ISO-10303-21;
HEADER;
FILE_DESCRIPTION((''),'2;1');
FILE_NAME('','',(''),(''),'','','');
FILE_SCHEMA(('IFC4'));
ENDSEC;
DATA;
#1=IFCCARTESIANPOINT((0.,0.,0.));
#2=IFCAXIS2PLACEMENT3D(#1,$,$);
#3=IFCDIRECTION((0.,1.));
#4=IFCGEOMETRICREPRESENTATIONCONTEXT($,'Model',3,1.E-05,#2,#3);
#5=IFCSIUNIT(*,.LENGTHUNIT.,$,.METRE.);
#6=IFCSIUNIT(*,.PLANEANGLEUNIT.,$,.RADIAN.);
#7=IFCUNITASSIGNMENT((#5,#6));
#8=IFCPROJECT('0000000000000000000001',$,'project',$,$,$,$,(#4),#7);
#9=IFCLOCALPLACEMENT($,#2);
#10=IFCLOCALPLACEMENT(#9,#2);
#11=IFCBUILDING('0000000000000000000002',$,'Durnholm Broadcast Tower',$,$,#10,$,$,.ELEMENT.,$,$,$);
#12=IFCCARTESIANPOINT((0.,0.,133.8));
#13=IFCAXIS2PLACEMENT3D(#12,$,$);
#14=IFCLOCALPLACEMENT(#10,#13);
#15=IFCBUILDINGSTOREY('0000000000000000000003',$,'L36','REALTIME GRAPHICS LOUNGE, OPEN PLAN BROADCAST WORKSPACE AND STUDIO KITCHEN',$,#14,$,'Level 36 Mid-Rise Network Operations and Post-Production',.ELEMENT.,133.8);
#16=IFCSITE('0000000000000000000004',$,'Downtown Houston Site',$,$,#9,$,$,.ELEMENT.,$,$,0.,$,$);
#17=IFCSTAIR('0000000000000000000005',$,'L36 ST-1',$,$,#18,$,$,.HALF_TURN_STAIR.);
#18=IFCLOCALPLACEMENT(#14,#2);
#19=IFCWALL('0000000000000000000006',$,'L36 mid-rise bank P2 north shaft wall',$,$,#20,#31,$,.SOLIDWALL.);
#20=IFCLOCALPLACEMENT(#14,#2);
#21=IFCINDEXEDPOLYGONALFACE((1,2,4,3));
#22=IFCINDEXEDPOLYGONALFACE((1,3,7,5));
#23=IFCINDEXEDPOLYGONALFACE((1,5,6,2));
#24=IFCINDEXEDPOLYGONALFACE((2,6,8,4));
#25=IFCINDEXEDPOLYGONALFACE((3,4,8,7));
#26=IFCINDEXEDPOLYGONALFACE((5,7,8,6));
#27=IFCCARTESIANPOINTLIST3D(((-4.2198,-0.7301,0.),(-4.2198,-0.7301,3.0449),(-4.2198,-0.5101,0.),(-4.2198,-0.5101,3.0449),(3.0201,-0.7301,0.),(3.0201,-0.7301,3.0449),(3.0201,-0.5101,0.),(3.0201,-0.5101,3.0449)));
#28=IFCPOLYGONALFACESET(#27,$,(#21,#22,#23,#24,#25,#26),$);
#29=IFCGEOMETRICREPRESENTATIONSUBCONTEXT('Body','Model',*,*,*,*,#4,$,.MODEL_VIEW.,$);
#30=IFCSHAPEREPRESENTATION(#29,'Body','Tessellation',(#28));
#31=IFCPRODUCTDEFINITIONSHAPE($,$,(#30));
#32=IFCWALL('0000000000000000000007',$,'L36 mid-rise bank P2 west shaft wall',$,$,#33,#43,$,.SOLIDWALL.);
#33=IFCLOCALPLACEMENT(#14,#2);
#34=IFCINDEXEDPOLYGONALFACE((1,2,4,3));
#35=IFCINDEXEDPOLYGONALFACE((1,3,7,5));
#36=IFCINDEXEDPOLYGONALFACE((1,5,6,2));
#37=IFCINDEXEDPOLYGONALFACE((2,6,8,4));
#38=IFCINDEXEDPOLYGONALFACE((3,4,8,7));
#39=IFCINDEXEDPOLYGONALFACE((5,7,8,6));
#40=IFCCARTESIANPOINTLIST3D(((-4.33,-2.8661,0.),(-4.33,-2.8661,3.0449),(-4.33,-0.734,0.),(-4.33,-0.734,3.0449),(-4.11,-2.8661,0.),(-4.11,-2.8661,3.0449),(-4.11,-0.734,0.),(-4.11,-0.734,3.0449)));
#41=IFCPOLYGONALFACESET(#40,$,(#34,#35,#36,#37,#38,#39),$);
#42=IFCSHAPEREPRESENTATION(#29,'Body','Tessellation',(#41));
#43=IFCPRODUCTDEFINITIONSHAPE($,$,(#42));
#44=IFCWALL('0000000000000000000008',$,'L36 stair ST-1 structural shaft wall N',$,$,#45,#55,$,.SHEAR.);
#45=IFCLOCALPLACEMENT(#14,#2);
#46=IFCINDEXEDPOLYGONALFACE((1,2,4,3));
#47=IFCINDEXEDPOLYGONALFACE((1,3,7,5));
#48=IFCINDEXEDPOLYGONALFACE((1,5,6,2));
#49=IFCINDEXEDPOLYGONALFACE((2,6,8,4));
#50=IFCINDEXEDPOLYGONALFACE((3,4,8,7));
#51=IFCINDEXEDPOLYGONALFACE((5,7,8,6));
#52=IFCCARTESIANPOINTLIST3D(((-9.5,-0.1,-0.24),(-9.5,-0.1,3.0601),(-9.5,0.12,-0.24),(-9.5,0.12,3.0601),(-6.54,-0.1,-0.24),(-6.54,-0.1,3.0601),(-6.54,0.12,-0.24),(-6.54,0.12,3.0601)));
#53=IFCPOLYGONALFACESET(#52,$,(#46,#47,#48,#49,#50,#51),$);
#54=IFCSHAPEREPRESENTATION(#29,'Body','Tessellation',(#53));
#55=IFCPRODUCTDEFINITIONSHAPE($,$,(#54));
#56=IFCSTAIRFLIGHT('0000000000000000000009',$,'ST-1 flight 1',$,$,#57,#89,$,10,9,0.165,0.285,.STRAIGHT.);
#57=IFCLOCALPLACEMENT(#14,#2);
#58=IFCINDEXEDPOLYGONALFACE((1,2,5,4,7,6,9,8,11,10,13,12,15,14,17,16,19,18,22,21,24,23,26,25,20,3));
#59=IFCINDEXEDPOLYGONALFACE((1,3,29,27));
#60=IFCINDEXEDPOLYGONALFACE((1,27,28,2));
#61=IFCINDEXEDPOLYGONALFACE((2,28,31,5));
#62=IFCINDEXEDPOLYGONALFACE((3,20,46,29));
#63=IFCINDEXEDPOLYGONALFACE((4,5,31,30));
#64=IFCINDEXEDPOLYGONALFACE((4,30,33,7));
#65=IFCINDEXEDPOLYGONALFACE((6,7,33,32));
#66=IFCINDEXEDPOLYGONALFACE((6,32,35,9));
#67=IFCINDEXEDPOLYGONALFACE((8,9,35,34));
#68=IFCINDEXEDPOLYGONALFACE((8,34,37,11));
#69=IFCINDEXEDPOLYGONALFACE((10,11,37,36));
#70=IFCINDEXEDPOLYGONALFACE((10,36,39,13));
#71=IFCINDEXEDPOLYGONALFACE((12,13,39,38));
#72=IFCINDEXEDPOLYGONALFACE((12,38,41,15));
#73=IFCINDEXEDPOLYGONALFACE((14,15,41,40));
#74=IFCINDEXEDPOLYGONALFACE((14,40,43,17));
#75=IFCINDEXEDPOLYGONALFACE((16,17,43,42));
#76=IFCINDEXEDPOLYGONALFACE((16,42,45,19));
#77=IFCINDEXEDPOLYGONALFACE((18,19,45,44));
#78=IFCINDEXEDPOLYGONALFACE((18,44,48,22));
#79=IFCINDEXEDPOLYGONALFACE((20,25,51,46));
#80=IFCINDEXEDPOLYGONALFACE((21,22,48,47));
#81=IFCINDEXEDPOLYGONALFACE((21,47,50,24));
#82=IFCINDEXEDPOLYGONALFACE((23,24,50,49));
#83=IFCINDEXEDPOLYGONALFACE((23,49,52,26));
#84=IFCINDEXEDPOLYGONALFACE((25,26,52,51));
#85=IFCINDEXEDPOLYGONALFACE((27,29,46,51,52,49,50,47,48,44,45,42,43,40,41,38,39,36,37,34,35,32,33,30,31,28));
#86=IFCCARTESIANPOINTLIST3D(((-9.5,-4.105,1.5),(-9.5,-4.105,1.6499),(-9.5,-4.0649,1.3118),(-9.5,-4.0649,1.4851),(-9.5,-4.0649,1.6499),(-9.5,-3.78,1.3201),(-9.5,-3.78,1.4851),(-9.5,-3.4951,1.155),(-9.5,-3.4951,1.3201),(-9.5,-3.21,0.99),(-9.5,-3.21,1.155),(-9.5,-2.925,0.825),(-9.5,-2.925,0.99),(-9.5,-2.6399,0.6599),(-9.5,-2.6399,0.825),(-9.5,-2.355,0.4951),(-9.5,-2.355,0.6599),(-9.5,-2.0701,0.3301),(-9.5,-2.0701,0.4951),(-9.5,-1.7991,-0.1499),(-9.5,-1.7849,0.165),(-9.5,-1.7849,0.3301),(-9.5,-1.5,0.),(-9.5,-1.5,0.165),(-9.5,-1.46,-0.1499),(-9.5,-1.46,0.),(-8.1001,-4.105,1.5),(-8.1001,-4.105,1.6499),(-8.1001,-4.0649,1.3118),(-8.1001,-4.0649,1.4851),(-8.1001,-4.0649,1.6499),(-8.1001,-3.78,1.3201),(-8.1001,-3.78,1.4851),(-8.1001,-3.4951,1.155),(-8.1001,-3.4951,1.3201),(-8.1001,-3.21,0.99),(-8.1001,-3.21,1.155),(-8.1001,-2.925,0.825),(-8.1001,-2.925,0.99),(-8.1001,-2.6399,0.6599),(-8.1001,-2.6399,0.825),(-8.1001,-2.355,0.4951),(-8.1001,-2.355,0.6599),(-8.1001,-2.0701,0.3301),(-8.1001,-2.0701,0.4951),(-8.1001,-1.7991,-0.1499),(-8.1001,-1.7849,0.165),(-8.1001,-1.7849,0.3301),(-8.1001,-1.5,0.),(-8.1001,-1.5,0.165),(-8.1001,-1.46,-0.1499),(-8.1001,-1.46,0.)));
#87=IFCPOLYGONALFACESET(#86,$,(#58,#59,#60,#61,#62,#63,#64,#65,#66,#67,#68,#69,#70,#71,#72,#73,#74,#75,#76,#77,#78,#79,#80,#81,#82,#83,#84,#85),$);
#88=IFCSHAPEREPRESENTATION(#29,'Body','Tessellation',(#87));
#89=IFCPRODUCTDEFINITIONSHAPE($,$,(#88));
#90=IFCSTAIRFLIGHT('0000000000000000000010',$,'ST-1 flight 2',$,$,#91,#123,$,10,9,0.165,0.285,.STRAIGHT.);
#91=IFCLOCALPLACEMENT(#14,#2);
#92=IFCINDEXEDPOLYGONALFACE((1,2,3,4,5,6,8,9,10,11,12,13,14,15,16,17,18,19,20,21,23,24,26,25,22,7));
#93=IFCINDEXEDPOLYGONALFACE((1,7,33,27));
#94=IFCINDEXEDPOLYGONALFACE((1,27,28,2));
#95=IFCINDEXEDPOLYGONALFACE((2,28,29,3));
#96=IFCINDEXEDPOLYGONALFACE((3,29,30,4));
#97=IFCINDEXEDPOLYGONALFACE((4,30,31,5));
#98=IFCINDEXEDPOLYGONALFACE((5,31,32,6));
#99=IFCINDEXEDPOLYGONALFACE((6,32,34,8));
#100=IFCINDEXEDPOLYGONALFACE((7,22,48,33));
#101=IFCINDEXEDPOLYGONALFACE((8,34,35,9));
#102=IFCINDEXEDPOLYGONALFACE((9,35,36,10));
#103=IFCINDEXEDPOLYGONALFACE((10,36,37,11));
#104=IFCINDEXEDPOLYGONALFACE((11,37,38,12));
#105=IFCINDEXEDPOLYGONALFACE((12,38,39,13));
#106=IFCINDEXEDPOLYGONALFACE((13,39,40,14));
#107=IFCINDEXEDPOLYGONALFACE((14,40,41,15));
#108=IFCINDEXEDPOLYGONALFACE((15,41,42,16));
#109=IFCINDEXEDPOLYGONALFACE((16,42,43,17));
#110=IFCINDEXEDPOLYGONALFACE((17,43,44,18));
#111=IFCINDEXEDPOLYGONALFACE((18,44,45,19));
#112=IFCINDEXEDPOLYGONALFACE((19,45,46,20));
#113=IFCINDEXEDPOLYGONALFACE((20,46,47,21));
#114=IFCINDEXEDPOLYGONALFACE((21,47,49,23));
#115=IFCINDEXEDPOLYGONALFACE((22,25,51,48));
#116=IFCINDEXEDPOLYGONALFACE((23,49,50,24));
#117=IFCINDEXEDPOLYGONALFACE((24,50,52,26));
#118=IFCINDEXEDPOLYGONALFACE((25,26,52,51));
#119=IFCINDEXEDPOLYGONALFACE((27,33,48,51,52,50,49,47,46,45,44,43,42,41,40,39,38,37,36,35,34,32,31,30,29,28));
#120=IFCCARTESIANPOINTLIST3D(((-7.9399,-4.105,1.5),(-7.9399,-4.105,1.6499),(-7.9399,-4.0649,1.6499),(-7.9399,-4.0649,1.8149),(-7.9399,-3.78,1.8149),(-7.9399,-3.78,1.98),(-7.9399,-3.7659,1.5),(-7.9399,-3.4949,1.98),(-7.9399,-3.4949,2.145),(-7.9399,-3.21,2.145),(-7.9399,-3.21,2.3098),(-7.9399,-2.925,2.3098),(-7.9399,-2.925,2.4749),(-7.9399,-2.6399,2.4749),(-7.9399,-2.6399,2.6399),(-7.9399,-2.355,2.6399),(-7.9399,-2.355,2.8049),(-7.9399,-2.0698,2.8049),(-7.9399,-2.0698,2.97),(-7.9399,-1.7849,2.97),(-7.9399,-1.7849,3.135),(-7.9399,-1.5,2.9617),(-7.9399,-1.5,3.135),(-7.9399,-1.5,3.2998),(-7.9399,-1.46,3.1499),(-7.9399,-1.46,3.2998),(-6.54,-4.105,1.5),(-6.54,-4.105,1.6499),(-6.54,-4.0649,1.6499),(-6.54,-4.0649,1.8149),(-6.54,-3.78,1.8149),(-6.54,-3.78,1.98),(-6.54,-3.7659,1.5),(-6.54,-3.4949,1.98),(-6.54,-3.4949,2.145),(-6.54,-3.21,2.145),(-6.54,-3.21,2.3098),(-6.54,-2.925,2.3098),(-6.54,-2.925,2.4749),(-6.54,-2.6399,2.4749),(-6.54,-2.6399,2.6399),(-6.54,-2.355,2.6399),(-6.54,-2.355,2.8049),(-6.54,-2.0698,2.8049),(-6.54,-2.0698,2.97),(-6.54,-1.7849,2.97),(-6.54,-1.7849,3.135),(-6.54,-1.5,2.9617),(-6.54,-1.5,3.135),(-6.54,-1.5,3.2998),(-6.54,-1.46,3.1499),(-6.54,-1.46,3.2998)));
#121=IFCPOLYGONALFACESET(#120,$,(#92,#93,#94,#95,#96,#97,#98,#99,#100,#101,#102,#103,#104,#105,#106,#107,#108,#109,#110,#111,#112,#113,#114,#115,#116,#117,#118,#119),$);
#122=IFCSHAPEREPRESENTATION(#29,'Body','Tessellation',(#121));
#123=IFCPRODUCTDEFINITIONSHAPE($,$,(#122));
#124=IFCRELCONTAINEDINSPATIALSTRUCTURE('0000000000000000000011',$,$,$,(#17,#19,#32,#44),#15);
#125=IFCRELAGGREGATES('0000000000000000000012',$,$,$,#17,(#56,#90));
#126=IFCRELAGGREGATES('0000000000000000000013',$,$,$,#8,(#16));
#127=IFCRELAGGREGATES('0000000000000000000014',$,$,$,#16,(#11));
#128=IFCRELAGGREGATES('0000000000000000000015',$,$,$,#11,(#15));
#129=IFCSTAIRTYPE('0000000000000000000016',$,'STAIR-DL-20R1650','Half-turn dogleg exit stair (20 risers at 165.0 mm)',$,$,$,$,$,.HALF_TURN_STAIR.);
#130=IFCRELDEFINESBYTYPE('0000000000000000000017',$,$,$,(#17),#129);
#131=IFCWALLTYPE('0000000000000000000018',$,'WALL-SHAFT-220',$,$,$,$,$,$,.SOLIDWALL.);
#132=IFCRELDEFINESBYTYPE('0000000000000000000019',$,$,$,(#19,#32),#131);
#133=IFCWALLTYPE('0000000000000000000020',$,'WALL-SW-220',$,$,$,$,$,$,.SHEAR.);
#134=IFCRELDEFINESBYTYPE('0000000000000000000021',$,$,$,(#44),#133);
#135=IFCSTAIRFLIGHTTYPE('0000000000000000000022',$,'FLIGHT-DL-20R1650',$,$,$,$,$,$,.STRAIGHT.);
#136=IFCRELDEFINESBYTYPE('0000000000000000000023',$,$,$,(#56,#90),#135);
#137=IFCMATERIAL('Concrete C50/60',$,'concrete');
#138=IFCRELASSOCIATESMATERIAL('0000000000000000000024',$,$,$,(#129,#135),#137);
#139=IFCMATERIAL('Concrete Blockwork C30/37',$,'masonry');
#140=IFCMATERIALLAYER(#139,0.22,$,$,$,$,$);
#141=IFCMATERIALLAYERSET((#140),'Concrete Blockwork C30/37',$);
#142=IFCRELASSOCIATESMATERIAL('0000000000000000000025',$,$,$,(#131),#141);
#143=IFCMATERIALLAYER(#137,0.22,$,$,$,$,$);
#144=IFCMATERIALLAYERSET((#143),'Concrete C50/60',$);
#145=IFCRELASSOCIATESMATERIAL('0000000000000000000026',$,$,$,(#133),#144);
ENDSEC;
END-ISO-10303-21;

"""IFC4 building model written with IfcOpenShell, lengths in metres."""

from ifc_helpers import new_model, si_unit, direction, frame, frame_2d, origin, place, context, subcontext, project, spatial, polyline, rectangle, outline, extrude, material, layer, layer_set, type_object, element, aggregate, save


model = new_model("IFC4")

# Units and contexts
model_context = context("Model", 3, precision=1e-05, world=origin(), true_north=direction((0.0, 1.0)))
body_context = subcontext(model_context, "Body", "Model", "MODEL_VIEW")
ifc_project = project(units=[si_unit("LENGTHUNIT", "METRE"), si_unit("PLANEANGLEUNIT", "RADIAN")], contexts=[model_context])

# Site, building, storey
site_placement = place(None, origin())
site = spatial("IfcSite", under=ifc_project, at=site_placement, Name="Downtown Houston Site", CompositionType="ELEMENT", RefElevation=0.0)
building_placement = place(site_placement, origin())
building = spatial("IfcBuilding", under=site, at=building_placement, Name="Durnholm Broadcast Tower", CompositionType="ELEMENT")
storey_placement = place(building_placement, frame((0.0, 0.0, 133.8)))
storey = spatial("IfcBuildingStorey", under=building, at=storey_placement, Name="L36", Description="REALTIME GRAPHICS LOUNGE, OPEN PLAN BROADCAST WORKSPACE AND STUDIO KITCHEN", LongName="Level 36 Mid-Rise Network Operations and Post-Production", CompositionType="ELEMENT", Elevation=133.8)

# Shared definitions
ifc_material_1 = material(Name="Concrete C50/60", Category="concrete")

# Stair
stair_type = type_object("IfcStairType", Name="STAIR-DL-20R1650", Description="Half-turn dogleg exit stair (20 risers at 165.0 mm)", PredefinedType="HALF_TURN_STAIR", material=ifc_material_1)
stair_1_placement = place(storey_placement, origin())
stair_1 = element("IfcStair", 1, at=stair_1_placement, inside=storey, type_object=stair_type, Name="L36 ST-1", PredefinedType="HALF_TURN_STAIR")

# Shared definitions
ifc_material_2 = material(Name="Concrete Blockwork C30/37", Category="masonry")
ifc_layer_1 = layer(ifc_material_2, 0.22)
ifc_layer_set_1 = layer_set([ifc_layer_1], Name="Concrete Blockwork C30/37")
wall_type_1 = type_object("IfcWallType", Name="WALL-SHAFT-220", PredefinedType="SOLIDWALL", material=ifc_layer_set_1)

# Walls
wall_1_placement = place(storey_placement, frame((-4.22, -0.6201, 0.0), z_axis=(0.0, 0.0, 1.0), x_axis=(1.0, 0.0, 0.0)))
element("IfcWall", 2, at=wall_1_placement, inside=storey, type_object=wall_type_1, Name="L36 mid-rise bank P2 north shaft wall", PredefinedType="SOLIDWALL", context=body_context, shape_type="SweptSolid", body=[
    extrude(rectangle(XDim=7.24, YDim=0.22, at=frame_2d((3.6201, 0.0))), origin(), (0.0, 0.0, 1.0), 3.0449),
])
wall_2_placement = place(storey_placement, frame((-4.22, -2.866, 0.0), z_axis=(0.0, 0.0, 1.0), x_axis=(0.0, 1.0, 0.0)))
element("IfcWall", 3, at=wall_2_placement, inside=storey, type_object=wall_type_1, Name="L36 mid-rise bank P2 west shaft wall", PredefinedType="SOLIDWALL", context=body_context, shape_type="SweptSolid", body=[
    extrude(rectangle(XDim=2.1321, YDim=0.22, at=frame_2d((1.0659, 0.0))), origin(), (0.0, 0.0, 1.0), 3.0449),
])
ifc_layer_2 = layer(ifc_material_1, 0.22)
ifc_layer_set_2 = layer_set([ifc_layer_2], Name="Concrete C50/60")
wall_type_2 = type_object("IfcWallType", Name="WALL-SW-220", PredefinedType="SHEAR", material=ifc_layer_set_2)
wall_3_placement = place(storey_placement, frame((-6.54, 0.01, -0.24), z_axis=(0.0, 0.0, 1.0), x_axis=(-1.0, 0.0, 0.0)))
element("IfcWall", 4, at=wall_3_placement, inside=storey, type_object=wall_type_2, Name="L36 stair ST-1 structural shaft wall N", PredefinedType="SHEAR", context=body_context, shape_type="SweptSolid", body=[
    extrude(rectangle(XDim=2.96, YDim=0.22, at=frame_2d((1.48, 0.0))), origin(), (0.0, 0.0, 1.0), 3.3),
])

# Stair flights
stair_flight_type = type_object("IfcStairFlightType", Name="FLIGHT-DL-20R1650", PredefinedType="STRAIGHT", material=ifc_material_1)
stair_flight_1_placement = place(storey_placement, frame((-8.8, -1.5, 0.0), z_axis=(0.0, 0.0, 1.0), x_axis=(0.0, -1.0, 0.0)))
stair_flight_1 = element("IfcStairFlight", 5, at=stair_flight_1_placement, type_object=stair_flight_type, Name="ST-1 flight 1", NumberOfRisers=10, NumberOfTreads=9, PredefinedType="STRAIGHT", RiserHeight=0.165, TreadLength=0.285, context=body_context, shape_type="SweptSolid", body=[
    extrude(outline(polyline([(-0.04, -0.1499), (-0.04, 0.0), (0.0, 0.0), (0.0, 0.165), (0.2849, 0.165), (0.2849, 0.3301), (0.5701, 0.3301), (0.5701, 0.4951), (0.855, 0.4951), (0.855, 0.6599), (1.1399, 0.6599), (1.1399, 0.825), (1.425, 0.825), (1.425, 0.99), (1.71, 0.99), (1.71, 1.155), (1.9951, 1.155), (1.9951, 1.3201), (2.28, 1.3201), (2.28, 1.4851), (2.5649, 1.4851), (2.5649, 1.6499), (2.605, 1.6499), (2.605, 1.5), (2.5649, 1.3118), (0.2991, -0.1499), (-0.04, -0.1499)])), frame((0.0, 0.7, 0.0), z_axis=(0.0, -1.0, 0.0), x_axis=(1.0, 0.0, 0.0)), (0.0, 0.0, 1.0), 1.3999),
])
stair_flight_2_placement = place(storey_placement, frame((-7.24, -4.0649, 1.6499), z_axis=(0.0, 0.0, 1.0), x_axis=(0.0, 1.0, 0.0)))
stair_flight_2 = element("IfcStairFlight", 6, at=stair_flight_2_placement, type_object=stair_flight_type, Name="ST-1 flight 2", NumberOfRisers=10, NumberOfTreads=9, PredefinedType="STRAIGHT", RiserHeight=0.165, TreadLength=0.285, context=body_context, shape_type="SweptSolid", body=[
    extrude(outline(polyline([(-0.04, -0.1499), (-0.04, 0.0), (0.0, 0.0), (0.0, 0.165), (0.2849, 0.165), (0.2849, 0.3301), (0.5701, 0.3301), (0.5701, 0.4951), (0.855, 0.4951), (0.855, 0.6599), (1.1399, 0.6599), (1.1399, 0.825), (1.425, 0.825), (1.425, 0.99), (1.71, 0.99), (1.71, 1.155), (1.9951, 1.155), (1.9951, 1.3201), (2.28, 1.3201), (2.28, 1.4851), (2.5649, 1.4851), (2.5649, 1.6499), (2.605, 1.6499), (2.605, 1.5), (2.5649, 1.3118), (0.2991, -0.1499), (-0.04, -0.1499)])), frame((0.0, 0.7, 0.0), z_axis=(0.0, -1.0, 0.0), x_axis=(1.0, 0.0, 0.0)), (0.0, 0.0, 1.0), 1.3999),
])
aggregate(stair_1, [stair_flight_1, stair_flight_2])

save(model, "model.ifc")
